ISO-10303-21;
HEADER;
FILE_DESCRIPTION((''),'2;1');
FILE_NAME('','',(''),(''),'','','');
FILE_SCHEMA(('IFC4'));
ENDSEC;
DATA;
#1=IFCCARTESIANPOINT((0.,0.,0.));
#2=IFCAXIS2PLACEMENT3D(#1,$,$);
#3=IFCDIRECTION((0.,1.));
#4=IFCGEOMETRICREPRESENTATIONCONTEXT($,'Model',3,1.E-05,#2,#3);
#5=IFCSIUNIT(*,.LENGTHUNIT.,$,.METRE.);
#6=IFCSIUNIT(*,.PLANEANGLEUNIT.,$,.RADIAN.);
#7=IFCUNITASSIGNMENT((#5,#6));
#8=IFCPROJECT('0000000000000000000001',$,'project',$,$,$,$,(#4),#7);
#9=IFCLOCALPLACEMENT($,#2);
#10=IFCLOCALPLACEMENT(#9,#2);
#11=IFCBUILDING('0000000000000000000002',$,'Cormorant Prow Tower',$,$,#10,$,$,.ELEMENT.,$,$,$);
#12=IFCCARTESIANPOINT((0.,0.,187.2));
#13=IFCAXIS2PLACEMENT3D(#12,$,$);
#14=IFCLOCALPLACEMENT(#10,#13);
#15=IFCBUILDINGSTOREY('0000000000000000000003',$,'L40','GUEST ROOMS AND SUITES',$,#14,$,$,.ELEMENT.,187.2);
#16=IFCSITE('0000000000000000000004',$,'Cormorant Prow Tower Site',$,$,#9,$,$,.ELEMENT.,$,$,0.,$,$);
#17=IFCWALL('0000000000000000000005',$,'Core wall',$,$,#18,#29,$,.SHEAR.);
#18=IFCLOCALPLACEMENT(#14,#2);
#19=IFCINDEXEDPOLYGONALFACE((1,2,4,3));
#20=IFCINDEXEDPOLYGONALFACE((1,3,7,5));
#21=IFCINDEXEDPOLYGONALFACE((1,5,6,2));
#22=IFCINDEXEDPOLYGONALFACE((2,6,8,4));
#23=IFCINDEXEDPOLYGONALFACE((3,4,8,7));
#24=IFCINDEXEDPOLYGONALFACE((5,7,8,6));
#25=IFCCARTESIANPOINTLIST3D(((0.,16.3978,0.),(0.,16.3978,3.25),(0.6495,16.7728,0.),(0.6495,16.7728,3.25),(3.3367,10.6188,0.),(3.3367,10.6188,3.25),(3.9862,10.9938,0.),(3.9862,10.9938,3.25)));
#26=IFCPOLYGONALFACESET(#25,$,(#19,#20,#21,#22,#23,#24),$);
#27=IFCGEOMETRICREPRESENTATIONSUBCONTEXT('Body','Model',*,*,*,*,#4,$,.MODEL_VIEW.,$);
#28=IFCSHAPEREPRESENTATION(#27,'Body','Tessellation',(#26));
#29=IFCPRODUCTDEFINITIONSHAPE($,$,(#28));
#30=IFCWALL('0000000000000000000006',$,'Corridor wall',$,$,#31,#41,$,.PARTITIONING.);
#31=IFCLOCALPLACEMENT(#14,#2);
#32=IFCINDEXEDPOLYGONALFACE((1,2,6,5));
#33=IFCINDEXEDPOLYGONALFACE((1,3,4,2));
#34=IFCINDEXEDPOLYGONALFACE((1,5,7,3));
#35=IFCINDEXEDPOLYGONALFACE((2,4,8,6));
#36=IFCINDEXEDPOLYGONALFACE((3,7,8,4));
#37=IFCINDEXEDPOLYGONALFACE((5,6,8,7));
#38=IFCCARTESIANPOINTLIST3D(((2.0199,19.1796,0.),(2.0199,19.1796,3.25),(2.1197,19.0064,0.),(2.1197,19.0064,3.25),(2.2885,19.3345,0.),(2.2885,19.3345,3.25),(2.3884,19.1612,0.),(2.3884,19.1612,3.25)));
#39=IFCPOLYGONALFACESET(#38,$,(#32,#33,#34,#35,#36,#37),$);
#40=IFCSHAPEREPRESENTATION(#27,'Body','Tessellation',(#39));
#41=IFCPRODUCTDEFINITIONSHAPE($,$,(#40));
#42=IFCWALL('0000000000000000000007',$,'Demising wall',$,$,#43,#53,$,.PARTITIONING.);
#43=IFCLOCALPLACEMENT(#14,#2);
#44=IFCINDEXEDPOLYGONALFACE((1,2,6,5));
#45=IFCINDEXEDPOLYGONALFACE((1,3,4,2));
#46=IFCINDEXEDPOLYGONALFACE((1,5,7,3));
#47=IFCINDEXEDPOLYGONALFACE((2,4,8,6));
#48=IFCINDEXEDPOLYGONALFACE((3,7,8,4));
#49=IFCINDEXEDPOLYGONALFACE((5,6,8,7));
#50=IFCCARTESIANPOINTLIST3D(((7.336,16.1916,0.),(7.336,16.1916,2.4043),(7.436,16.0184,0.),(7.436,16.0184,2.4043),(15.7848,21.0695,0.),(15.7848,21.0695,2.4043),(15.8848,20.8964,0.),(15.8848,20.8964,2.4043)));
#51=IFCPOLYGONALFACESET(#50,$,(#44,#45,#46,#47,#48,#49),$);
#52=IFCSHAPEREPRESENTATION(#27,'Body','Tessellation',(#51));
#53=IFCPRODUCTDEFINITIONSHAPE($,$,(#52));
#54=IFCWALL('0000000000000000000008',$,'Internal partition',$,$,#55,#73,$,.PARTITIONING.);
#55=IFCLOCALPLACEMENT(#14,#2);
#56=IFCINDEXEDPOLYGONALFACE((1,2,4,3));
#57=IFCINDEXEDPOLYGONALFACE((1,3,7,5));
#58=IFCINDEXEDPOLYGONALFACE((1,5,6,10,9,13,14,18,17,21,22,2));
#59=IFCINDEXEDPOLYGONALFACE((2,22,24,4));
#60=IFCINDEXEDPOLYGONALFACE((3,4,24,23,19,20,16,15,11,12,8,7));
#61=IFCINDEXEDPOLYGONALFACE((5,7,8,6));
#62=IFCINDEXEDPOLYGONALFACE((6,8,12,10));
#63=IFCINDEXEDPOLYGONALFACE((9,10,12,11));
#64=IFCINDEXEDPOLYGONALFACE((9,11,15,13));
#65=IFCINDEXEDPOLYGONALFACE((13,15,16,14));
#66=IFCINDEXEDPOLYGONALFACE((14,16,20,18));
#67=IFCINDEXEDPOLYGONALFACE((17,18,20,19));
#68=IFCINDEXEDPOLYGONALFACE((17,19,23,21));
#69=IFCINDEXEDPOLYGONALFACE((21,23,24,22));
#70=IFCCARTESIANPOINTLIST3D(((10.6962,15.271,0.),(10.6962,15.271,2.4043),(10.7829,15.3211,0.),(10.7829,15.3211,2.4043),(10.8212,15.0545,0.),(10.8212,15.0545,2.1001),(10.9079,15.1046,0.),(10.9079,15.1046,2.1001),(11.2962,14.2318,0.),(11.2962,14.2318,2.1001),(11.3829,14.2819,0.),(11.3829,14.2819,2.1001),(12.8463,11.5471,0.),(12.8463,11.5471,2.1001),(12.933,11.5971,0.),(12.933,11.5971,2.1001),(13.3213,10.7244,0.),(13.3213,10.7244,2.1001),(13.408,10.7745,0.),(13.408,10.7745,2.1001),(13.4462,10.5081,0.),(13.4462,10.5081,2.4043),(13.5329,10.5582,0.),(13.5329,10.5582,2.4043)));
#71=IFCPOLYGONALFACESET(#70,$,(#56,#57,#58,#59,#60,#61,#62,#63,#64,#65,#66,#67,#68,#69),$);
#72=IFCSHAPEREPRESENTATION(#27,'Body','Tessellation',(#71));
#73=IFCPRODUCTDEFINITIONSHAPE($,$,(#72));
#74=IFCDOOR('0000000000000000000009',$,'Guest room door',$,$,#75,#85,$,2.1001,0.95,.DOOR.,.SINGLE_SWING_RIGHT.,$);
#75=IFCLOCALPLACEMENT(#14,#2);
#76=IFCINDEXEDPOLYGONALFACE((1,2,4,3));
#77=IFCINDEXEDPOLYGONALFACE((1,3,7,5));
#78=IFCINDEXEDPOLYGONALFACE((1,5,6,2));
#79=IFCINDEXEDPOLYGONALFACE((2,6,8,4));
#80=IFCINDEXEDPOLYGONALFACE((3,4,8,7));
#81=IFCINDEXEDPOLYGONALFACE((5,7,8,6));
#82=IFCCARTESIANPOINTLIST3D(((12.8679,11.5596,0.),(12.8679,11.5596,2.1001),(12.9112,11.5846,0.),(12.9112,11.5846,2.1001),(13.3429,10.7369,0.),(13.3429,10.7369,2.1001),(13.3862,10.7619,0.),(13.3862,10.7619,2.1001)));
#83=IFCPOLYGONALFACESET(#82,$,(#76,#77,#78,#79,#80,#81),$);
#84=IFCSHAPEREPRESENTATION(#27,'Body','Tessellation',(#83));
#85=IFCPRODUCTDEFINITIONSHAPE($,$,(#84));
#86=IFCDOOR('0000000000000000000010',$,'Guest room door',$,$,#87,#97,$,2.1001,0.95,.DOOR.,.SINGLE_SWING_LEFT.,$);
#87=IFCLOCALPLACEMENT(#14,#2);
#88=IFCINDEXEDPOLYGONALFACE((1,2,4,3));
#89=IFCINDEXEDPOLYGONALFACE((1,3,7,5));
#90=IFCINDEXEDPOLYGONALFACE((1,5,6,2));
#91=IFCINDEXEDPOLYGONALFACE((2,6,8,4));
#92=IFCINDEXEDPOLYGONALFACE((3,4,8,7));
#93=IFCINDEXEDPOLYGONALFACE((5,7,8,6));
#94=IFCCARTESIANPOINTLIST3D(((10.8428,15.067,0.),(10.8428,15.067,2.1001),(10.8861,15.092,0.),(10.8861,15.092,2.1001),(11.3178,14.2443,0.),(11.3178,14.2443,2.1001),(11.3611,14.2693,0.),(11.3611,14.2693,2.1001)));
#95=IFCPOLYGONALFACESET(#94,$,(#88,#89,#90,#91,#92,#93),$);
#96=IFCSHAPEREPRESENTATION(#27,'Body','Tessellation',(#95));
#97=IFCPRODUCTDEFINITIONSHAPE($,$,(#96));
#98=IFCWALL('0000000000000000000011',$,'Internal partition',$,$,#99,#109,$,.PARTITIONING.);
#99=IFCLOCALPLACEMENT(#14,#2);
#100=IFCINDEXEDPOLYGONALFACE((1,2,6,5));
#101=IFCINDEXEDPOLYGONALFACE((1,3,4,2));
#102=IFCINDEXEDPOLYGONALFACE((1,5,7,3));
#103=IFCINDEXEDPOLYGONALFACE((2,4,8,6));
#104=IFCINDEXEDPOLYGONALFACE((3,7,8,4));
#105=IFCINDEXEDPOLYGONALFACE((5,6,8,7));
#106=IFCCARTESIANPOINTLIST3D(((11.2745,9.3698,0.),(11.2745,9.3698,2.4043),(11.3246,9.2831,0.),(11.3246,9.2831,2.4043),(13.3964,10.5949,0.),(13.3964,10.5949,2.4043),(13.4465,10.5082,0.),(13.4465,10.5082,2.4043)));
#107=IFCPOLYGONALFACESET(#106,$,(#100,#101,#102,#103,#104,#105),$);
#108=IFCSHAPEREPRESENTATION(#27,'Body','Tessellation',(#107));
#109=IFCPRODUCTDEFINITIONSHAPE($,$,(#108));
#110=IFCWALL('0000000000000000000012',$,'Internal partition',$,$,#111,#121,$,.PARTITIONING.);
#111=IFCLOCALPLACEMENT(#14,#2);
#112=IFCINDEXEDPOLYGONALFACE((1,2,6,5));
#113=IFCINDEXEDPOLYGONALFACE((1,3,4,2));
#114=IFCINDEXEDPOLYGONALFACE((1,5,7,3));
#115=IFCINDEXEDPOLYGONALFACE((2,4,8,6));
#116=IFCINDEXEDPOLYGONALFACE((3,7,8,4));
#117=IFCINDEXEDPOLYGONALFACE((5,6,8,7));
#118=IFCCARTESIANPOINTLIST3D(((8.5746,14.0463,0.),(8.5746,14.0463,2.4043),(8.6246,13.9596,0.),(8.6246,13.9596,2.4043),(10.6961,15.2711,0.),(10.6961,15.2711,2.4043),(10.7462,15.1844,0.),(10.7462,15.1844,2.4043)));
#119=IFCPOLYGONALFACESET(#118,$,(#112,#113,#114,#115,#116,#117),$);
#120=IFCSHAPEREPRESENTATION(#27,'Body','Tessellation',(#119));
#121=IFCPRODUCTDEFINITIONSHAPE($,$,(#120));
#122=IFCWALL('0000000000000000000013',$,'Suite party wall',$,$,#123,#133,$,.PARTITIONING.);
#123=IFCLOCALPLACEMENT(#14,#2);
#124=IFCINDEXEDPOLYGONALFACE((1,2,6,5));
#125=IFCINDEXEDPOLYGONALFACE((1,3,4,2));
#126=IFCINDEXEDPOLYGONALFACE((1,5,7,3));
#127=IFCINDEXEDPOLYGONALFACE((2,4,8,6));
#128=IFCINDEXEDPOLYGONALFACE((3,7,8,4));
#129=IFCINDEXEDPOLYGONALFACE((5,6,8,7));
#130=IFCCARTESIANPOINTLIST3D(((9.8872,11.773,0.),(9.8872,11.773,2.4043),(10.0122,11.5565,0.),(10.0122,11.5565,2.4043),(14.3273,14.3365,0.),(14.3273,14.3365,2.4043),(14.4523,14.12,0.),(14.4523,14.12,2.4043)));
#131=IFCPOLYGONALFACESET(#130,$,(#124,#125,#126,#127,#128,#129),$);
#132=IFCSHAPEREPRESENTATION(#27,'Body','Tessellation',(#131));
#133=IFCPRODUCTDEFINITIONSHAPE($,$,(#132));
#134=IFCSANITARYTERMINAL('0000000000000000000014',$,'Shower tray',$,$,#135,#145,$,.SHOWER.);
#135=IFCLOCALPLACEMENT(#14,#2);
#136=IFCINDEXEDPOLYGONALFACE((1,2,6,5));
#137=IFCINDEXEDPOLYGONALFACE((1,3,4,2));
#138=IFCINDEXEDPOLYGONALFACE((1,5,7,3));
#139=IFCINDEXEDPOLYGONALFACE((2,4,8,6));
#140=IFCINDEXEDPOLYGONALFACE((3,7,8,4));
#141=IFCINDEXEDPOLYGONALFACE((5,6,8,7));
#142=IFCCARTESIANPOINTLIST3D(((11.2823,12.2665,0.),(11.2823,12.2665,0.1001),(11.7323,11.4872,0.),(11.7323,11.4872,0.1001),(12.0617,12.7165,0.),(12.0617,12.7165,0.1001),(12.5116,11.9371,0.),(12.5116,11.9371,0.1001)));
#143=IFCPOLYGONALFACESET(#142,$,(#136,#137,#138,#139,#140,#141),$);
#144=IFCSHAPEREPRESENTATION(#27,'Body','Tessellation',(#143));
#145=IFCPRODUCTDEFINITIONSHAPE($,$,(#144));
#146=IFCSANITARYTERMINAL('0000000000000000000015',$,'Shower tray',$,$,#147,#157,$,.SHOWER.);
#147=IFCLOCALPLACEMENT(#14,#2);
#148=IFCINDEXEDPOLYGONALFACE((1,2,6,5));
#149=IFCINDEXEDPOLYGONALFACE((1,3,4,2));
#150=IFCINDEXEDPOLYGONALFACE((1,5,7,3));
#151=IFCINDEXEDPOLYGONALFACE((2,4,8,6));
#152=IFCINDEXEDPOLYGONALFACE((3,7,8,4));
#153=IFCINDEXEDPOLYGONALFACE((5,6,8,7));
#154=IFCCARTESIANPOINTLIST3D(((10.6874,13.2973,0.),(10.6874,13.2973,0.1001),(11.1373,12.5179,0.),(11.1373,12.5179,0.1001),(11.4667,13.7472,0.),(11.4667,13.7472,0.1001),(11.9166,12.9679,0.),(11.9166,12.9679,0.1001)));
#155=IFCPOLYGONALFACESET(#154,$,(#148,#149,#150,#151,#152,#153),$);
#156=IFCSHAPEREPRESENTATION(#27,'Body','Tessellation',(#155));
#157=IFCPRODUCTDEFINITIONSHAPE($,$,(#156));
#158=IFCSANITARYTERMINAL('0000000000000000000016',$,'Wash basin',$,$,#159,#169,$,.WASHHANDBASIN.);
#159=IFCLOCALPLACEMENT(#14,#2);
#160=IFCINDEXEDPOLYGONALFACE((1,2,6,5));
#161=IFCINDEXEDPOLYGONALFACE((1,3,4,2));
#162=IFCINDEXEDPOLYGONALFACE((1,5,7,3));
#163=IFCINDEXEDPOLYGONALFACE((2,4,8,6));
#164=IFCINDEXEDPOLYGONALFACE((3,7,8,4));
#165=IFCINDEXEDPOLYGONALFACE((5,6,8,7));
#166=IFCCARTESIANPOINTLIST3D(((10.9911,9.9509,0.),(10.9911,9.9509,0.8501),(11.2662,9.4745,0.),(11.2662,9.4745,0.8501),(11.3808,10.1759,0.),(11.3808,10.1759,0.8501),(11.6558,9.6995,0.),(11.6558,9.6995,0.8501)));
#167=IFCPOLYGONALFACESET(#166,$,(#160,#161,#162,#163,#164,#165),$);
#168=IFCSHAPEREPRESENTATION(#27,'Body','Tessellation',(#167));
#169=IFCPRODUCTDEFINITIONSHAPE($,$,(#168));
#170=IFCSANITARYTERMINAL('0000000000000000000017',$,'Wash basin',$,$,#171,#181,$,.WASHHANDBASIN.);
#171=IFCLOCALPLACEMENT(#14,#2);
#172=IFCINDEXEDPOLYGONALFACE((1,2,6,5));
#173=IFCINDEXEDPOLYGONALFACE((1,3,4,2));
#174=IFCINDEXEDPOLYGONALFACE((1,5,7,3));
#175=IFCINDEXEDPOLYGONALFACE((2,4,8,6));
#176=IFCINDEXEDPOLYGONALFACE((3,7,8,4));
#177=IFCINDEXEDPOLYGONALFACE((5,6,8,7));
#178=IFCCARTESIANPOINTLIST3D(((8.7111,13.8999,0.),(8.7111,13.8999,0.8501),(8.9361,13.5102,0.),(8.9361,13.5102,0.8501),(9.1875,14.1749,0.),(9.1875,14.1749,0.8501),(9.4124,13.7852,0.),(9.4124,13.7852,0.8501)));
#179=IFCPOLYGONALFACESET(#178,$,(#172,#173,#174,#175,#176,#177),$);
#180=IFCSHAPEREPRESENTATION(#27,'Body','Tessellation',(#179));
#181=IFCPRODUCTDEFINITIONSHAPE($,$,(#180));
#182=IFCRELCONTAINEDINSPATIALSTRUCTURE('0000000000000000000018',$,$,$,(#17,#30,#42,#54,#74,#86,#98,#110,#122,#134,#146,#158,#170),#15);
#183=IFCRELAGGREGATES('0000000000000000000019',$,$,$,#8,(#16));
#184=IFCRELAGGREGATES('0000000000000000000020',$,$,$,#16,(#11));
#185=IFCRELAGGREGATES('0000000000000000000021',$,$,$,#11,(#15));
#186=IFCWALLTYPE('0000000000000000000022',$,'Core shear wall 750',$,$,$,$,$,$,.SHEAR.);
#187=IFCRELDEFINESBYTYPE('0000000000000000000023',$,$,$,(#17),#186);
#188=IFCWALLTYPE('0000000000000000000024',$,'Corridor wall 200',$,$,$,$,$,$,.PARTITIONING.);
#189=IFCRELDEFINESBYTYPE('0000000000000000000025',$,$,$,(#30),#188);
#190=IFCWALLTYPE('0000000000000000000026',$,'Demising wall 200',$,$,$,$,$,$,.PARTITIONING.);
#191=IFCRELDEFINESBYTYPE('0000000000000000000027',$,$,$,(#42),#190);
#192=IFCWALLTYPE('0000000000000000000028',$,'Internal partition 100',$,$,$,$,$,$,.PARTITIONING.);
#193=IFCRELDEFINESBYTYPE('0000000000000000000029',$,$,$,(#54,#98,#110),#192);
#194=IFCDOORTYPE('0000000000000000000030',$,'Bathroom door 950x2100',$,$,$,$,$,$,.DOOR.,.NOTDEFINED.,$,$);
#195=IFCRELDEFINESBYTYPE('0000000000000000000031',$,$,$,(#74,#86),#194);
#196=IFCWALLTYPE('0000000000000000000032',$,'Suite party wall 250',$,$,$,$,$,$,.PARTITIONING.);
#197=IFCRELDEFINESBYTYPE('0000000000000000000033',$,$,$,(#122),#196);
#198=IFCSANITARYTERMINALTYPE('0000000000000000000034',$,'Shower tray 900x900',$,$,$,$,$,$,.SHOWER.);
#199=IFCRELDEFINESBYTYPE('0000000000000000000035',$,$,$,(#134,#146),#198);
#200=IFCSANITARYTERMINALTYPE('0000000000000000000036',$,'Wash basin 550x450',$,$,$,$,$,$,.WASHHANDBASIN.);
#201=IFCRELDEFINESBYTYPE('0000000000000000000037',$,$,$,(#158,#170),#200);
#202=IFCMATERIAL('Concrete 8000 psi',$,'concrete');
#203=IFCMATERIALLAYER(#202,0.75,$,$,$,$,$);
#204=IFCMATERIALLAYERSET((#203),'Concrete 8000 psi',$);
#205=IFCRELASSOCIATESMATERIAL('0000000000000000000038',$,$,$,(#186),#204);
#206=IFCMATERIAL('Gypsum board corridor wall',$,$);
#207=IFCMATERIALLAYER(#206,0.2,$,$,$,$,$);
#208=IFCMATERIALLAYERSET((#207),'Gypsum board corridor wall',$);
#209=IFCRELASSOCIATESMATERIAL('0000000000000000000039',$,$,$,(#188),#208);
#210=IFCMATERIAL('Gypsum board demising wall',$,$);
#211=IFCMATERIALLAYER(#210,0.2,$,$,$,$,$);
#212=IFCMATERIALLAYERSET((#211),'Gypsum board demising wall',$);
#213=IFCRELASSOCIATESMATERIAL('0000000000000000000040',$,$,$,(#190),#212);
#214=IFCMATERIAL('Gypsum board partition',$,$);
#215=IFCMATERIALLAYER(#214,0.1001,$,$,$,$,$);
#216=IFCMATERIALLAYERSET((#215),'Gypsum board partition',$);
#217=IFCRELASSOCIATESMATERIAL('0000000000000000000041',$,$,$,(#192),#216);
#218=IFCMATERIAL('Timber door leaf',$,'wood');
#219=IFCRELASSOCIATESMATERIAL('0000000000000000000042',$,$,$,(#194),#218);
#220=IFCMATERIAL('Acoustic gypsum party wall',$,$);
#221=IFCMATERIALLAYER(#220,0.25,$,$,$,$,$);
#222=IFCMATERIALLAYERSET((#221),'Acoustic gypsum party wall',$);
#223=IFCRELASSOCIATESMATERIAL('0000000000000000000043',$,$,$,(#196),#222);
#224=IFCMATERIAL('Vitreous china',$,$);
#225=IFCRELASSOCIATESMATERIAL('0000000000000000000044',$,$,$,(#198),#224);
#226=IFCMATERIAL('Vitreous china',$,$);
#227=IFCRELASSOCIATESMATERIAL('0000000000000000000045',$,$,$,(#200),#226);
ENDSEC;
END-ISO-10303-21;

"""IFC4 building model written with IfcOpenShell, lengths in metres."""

from ifc_helpers import new_model, si_unit, direction, frame, frame_2d, origin, origin_2d, place, context, subcontext, project, spatial, rectangle, extrude, material, layer, layer_set, type_object, element, fill, save


model = new_model("IFC4")

# Units and contexts
model_context = context("Model", 3, precision=1e-05, world=origin(), true_north=direction((0.0, 1.0)))
body_context = subcontext(model_context, "Body", "Model", "MODEL_VIEW")
ifc_project = project(units=[si_unit("LENGTHUNIT", "METRE"), si_unit("PLANEANGLEUNIT", "RADIAN")], contexts=[model_context])

# Site, building, storey
site_placement = place(None, origin())
site = spatial("IfcSite", under=ifc_project, at=site_placement, Name="Cormorant Prow Tower Site", CompositionType="ELEMENT", RefElevation=0.0)
building_placement = place(site_placement, origin())
building = spatial("IfcBuilding", under=site, at=building_placement, Name="Cormorant Prow Tower", CompositionType="ELEMENT")
storey_placement = place(building_placement, frame((0.0, 0.0, 187.2)))
storey = spatial("IfcBuildingStorey", under=building, at=storey_placement, Name="L40", Description="GUEST ROOMS AND SUITES", CompositionType="ELEMENT", Elevation=187.2)

# Walls
ifc_material_1 = material(Name="Concrete 8000 psi", Category="concrete")
ifc_layer_1 = layer(ifc_material_1, 0.75)
ifc_layer_set_1 = layer_set([ifc_layer_1], Name="Concrete 8000 psi")
wall_type_1 = type_object("IfcWallType", Name="Core shear wall 750", PredefinedType="SHEAR", material=ifc_layer_set_1)
wall_1_placement = place(storey_placement, frame((3.6614, 10.8064, 0.0), z_axis=(0.0, 0.0, 1.0), x_axis=(-0.500015, 0.866017, 0.0)))
element("IfcWall", 1, at=wall_1_placement, inside=storey, type_object=wall_type_1, Name="Core wall", PredefinedType="SHEAR", context=body_context, shape_type="SweptSolid", body=[
    extrude(rectangle(XDim=6.6731, YDim=0.75, at=frame_2d((3.3364, 0.0))), origin(), (0.0, 0.0, 1.0), 3.25),
])
ifc_material_2 = material(Name="Gypsum board corridor wall")
ifc_layer_2 = layer(ifc_material_2, 0.2)
ifc_layer_set_2 = layer_set([ifc_layer_2], Name="Gypsum board corridor wall")
wall_type_2 = type_object("IfcWallType", Name="Corridor wall 200", PredefinedType="PARTITIONING", material=ifc_layer_set_2)
wall_2_placement = place(storey_placement, frame((2.0698, 19.093, 0.0), z_axis=(0.0, 0.0, 1.0), x_axis=(0.866395, 0.499359, 0.0)))
element("IfcWall", 2, at=wall_2_placement, inside=storey, type_object=wall_type_2, Name="Corridor wall", PredefinedType="PARTITIONING", context=body_context, shape_type="SweptSolid", body=[
    extrude(rectangle(XDim=0.3101, YDim=0.2, at=frame_2d((0.155, 0.0))), origin(), (0.0, 0.0, 1.0), 3.25),
])
ifc_material_3 = material(Name="Gypsum board demising wall")
ifc_layer_3 = layer(ifc_material_3, 0.2)
ifc_layer_set_3 = layer_set([ifc_layer_3], Name="Gypsum board demising wall")
wall_type_3 = type_object("IfcWallType", Name="Demising wall 200", PredefinedType="PARTITIONING", material=ifc_layer_set_3)
wall_3_placement = place(storey_placement, frame((7.386, 16.105, 0.0), z_axis=(0.0, 0.0, 1.0), x_axis=(0.866023, 0.500004, 0.0)))
element("IfcWall", 3, at=wall_3_placement, inside=storey, type_object=wall_type_3, Name="Demising wall", PredefinedType="PARTITIONING", context=body_context, shape_type="SweptSolid", body=[
    extrude(rectangle(XDim=9.7559, YDim=0.2, at=frame_2d((4.8779, 0.0))), origin(), (0.0, 0.0, 1.0), 2.4043),
])

# Wall, openings, doors
ifc_material_4 = material(Name="Gypsum board partition")
ifc_layer_4 = layer(ifc_material_4, 0.1001)
ifc_layer_set_4 = layer_set([ifc_layer_4], Name="Gypsum board partition")
wall_type_4 = type_object("IfcWallType", Name="Internal partition 100", PredefinedType="PARTITIONING", material=ifc_layer_set_4)
wall_4_placement = place(storey_placement, frame((10.7395, 15.2961, 0.0), z_axis=(0.0, 0.0, 1.0), x_axis=(0.500016, -0.866016, 0.0)))
wall_4 = element("IfcWall", 4, at=wall_4_placement, inside=storey, type_object=wall_type_4, Name="Internal partition", PredefinedType="PARTITIONING", context=body_context, shape_type="SweptSolid", body=[
    extrude(rectangle(XDim=5.4998, YDim=0.1001, at=frame_2d((2.75, 0.0))), origin(), (0.0, 0.0, 1.0), 2.4043),
])
opening_1_placement = place(wall_4_placement, frame((4.3, 0.0, 0.0)))
opening_1 = element("IfcOpeningElement", 5, at=opening_1_placement, cuts=wall_4, PredefinedType="OPENING", context=body_context, shape_type="SweptSolid", body=[
    extrude(rectangle(XDim=0.95, YDim=2.1001, at=frame_2d((0.4751, 1.05))), frame((0.0, 0.0601, 0.0), z_axis=(0.0, -1.0, 0.0), x_axis=(1.0, 0.0, 0.0)), (0.0, 0.0, 1.0), 0.1201),
])
opening_2_placement = place(wall_4_placement, frame((0.25, 0.0, 0.0)))
opening_2 = element("IfcOpeningElement", 6, at=opening_2_placement, cuts=wall_4, PredefinedType="OPENING", context=body_context, shape_type="SweptSolid", body=[
    extrude(rectangle(XDim=0.95, YDim=2.1001, at=frame_2d((0.4751, 1.05))), frame((0.0, 0.0601, 0.0), z_axis=(0.0, -1.0, 0.0), x_axis=(1.0, 0.0, 0.0)), (0.0, 0.0, 1.0), 0.1201),
])
ifc_material_5 = material(Name="Timber door leaf", Category="wood")
door_type_1 = type_object("IfcDoorType", Name="Bathroom door 950x2100", OperationType="NOTDEFINED", PredefinedType="DOOR", material=ifc_material_5)
door_1_placement = place(opening_1_placement, origin())
door_1 = element("IfcDoor", 7, at=door_1_placement, inside=storey, type_object=door_type_1, Name="Guest room door", OperationType="SINGLE_SWING_RIGHT", OverallHeight=2.1001, OverallWidth=0.95, PredefinedType="DOOR", context=body_context, shape_type="SweptSolid", body=[
    extrude(rectangle(XDim=0.95, YDim=2.1001, at=frame_2d((0.4751, 1.05))), frame((0.0, 0.0249, 0.0), z_axis=(0.0, -1.0, 0.0), x_axis=(1.0, 0.0, 0.0)), (0.0, 0.0, 1.0), 0.05),
])
fill(opening_1, door_1)
door_2_placement = place(opening_2_placement, origin())
door_2 = element("IfcDoor", 8, at=door_2_placement, inside=storey, type_object=door_type_1, Name="Guest room door", OperationType="SINGLE_SWING_LEFT", OverallHeight=2.1001, OverallWidth=0.95, PredefinedType="DOOR", context=body_context, shape_type="SweptSolid", body=[
    extrude(rectangle(XDim=0.95, YDim=2.1001, at=frame_2d((0.4751, 1.05))), frame((0.0, 0.0249, 0.0), z_axis=(0.0, -1.0, 0.0), x_axis=(1.0, 0.0, 0.0)), (0.0, 0.0, 1.0), 0.05),
])
fill(opening_2, door_2)

# Walls
wall_5_placement = place(storey_placement, frame((11.2996, 9.3264, 0.0), z_axis=(0.0, 0.0, 1.0), x_axis=(0.866015, 0.500019, 0.0)))
element("IfcWall", 9, at=wall_5_placement, inside=storey, type_object=wall_type_4, Name="Internal partition", PredefinedType="PARTITIONING", context=body_context, shape_type="SweptSolid", body=[
    extrude(rectangle(XDim=2.4502, YDim=0.1001, at=frame_2d((1.2251, 0.0))), origin(), (0.0, 0.0, 1.0), 2.4043),
])
wall_6_placement = place(storey_placement, frame((8.5996, 14.0029, 0.0), z_axis=(0.0, 0.0, 1.0), x_axis=(0.866033, 0.499987, 0.0)))
element("IfcWall", 10, at=wall_6_placement, inside=storey, type_object=wall_type_4, Name="Internal partition", PredefinedType="PARTITIONING", context=body_context, shape_type="SweptSolid", body=[
    extrude(rectangle(XDim=2.4497, YDim=0.1001, at=frame_2d((1.2249, 0.0))), origin(), (0.0, 0.0, 1.0), 2.4043),
])
ifc_material_6 = material(Name="Acoustic gypsum party wall")
ifc_layer_5 = layer(ifc_material_6, 0.25)
ifc_layer_set_5 = layer_set([ifc_layer_5], Name="Acoustic gypsum party wall")
wall_type_5 = type_object("IfcWallType", Name="Suite party wall 250", PredefinedType="PARTITIONING", material=ifc_layer_set_5)
wall_7_placement = place(storey_placement, frame((9.9497, 11.6648, 0.0), z_axis=(0.0, 0.0, 1.0), x_axis=(0.866031, 0.49999, 0.0)))
element("IfcWall", 11, at=wall_7_placement, inside=storey, type_object=wall_type_5, Name="Suite party wall", PredefinedType="PARTITIONING", context=body_context, shape_type="SweptSolid", body=[
    extrude(rectangle(XDim=5.127, YDim=0.25, at=frame_2d((2.5635, 0.0))), origin(), (0.0, 0.0, 1.0), 2.4043),
])

# Sanitary terminals
ifc_material_7 = material(Name="Vitreous china")
sanitary_terminal_type_1 = type_object("IfcSanitaryTerminalType", Name="Shower tray 900x900", PredefinedType="SHOWER", material=ifc_material_7)
for number, where, z_axis, x_axis, name in (
    (12, (11.897, 12.1018, 0.0), (0.0, 0.0, 1.0), (0.5, -0.866025, 0.0), "Shower tray"),
    (13, (11.302, 13.1326, 0.0), (0.0, 0.0, 1.0), (-0.866025, -0.5, 0.0), "Shower tray"),
):
    element("IfcSanitaryTerminal", number, at=place(storey_placement, frame(where, z_axis=z_axis, x_axis=x_axis)), inside=storey, type_object=sanitary_terminal_type_1, Name=name, PredefinedType="SHOWER", context=body_context, shape_type="SweptSolid", body=[
        extrude(rectangle(XDim=0.8999, YDim=0.8999, at=origin_2d()), origin(), (0.0, 0.0, 1.0), 0.1001),
    ])
ifc_material_8 = material(Name="Vitreous china")
sanitary_terminal_type_2 = type_object("IfcSanitaryTerminalType", Name="Wash basin 550x450", PredefinedType="WASHHANDBASIN", material=ifc_material_8)
for number, where, z_axis, x_axis, name in (
    (14, (11.3235, 9.8252, 0.0), (0.0, 0.0, 1.0), (-0.5, 0.866025, 0.0), "Wash basin"),
    (15, (9.0618, 13.8425, 0.0), (0.0, 0.0, 1.0), (0.866025, 0.5, 0.0), "Wash basin"),
):
    element("IfcSanitaryTerminal", number, at=place(storey_placement, frame(where, z_axis=z_axis, x_axis=x_axis)), inside=storey, type_object=sanitary_terminal_type_2, Name=name, PredefinedType="WASHHANDBASIN", context=body_context, shape_type="SweptSolid", body=[
        extrude(rectangle(XDim=0.55, YDim=0.45, at=origin_2d()), origin(), (0.0, 0.0, 1.0), 0.8501),
    ])

save(model, "model.ifc")
